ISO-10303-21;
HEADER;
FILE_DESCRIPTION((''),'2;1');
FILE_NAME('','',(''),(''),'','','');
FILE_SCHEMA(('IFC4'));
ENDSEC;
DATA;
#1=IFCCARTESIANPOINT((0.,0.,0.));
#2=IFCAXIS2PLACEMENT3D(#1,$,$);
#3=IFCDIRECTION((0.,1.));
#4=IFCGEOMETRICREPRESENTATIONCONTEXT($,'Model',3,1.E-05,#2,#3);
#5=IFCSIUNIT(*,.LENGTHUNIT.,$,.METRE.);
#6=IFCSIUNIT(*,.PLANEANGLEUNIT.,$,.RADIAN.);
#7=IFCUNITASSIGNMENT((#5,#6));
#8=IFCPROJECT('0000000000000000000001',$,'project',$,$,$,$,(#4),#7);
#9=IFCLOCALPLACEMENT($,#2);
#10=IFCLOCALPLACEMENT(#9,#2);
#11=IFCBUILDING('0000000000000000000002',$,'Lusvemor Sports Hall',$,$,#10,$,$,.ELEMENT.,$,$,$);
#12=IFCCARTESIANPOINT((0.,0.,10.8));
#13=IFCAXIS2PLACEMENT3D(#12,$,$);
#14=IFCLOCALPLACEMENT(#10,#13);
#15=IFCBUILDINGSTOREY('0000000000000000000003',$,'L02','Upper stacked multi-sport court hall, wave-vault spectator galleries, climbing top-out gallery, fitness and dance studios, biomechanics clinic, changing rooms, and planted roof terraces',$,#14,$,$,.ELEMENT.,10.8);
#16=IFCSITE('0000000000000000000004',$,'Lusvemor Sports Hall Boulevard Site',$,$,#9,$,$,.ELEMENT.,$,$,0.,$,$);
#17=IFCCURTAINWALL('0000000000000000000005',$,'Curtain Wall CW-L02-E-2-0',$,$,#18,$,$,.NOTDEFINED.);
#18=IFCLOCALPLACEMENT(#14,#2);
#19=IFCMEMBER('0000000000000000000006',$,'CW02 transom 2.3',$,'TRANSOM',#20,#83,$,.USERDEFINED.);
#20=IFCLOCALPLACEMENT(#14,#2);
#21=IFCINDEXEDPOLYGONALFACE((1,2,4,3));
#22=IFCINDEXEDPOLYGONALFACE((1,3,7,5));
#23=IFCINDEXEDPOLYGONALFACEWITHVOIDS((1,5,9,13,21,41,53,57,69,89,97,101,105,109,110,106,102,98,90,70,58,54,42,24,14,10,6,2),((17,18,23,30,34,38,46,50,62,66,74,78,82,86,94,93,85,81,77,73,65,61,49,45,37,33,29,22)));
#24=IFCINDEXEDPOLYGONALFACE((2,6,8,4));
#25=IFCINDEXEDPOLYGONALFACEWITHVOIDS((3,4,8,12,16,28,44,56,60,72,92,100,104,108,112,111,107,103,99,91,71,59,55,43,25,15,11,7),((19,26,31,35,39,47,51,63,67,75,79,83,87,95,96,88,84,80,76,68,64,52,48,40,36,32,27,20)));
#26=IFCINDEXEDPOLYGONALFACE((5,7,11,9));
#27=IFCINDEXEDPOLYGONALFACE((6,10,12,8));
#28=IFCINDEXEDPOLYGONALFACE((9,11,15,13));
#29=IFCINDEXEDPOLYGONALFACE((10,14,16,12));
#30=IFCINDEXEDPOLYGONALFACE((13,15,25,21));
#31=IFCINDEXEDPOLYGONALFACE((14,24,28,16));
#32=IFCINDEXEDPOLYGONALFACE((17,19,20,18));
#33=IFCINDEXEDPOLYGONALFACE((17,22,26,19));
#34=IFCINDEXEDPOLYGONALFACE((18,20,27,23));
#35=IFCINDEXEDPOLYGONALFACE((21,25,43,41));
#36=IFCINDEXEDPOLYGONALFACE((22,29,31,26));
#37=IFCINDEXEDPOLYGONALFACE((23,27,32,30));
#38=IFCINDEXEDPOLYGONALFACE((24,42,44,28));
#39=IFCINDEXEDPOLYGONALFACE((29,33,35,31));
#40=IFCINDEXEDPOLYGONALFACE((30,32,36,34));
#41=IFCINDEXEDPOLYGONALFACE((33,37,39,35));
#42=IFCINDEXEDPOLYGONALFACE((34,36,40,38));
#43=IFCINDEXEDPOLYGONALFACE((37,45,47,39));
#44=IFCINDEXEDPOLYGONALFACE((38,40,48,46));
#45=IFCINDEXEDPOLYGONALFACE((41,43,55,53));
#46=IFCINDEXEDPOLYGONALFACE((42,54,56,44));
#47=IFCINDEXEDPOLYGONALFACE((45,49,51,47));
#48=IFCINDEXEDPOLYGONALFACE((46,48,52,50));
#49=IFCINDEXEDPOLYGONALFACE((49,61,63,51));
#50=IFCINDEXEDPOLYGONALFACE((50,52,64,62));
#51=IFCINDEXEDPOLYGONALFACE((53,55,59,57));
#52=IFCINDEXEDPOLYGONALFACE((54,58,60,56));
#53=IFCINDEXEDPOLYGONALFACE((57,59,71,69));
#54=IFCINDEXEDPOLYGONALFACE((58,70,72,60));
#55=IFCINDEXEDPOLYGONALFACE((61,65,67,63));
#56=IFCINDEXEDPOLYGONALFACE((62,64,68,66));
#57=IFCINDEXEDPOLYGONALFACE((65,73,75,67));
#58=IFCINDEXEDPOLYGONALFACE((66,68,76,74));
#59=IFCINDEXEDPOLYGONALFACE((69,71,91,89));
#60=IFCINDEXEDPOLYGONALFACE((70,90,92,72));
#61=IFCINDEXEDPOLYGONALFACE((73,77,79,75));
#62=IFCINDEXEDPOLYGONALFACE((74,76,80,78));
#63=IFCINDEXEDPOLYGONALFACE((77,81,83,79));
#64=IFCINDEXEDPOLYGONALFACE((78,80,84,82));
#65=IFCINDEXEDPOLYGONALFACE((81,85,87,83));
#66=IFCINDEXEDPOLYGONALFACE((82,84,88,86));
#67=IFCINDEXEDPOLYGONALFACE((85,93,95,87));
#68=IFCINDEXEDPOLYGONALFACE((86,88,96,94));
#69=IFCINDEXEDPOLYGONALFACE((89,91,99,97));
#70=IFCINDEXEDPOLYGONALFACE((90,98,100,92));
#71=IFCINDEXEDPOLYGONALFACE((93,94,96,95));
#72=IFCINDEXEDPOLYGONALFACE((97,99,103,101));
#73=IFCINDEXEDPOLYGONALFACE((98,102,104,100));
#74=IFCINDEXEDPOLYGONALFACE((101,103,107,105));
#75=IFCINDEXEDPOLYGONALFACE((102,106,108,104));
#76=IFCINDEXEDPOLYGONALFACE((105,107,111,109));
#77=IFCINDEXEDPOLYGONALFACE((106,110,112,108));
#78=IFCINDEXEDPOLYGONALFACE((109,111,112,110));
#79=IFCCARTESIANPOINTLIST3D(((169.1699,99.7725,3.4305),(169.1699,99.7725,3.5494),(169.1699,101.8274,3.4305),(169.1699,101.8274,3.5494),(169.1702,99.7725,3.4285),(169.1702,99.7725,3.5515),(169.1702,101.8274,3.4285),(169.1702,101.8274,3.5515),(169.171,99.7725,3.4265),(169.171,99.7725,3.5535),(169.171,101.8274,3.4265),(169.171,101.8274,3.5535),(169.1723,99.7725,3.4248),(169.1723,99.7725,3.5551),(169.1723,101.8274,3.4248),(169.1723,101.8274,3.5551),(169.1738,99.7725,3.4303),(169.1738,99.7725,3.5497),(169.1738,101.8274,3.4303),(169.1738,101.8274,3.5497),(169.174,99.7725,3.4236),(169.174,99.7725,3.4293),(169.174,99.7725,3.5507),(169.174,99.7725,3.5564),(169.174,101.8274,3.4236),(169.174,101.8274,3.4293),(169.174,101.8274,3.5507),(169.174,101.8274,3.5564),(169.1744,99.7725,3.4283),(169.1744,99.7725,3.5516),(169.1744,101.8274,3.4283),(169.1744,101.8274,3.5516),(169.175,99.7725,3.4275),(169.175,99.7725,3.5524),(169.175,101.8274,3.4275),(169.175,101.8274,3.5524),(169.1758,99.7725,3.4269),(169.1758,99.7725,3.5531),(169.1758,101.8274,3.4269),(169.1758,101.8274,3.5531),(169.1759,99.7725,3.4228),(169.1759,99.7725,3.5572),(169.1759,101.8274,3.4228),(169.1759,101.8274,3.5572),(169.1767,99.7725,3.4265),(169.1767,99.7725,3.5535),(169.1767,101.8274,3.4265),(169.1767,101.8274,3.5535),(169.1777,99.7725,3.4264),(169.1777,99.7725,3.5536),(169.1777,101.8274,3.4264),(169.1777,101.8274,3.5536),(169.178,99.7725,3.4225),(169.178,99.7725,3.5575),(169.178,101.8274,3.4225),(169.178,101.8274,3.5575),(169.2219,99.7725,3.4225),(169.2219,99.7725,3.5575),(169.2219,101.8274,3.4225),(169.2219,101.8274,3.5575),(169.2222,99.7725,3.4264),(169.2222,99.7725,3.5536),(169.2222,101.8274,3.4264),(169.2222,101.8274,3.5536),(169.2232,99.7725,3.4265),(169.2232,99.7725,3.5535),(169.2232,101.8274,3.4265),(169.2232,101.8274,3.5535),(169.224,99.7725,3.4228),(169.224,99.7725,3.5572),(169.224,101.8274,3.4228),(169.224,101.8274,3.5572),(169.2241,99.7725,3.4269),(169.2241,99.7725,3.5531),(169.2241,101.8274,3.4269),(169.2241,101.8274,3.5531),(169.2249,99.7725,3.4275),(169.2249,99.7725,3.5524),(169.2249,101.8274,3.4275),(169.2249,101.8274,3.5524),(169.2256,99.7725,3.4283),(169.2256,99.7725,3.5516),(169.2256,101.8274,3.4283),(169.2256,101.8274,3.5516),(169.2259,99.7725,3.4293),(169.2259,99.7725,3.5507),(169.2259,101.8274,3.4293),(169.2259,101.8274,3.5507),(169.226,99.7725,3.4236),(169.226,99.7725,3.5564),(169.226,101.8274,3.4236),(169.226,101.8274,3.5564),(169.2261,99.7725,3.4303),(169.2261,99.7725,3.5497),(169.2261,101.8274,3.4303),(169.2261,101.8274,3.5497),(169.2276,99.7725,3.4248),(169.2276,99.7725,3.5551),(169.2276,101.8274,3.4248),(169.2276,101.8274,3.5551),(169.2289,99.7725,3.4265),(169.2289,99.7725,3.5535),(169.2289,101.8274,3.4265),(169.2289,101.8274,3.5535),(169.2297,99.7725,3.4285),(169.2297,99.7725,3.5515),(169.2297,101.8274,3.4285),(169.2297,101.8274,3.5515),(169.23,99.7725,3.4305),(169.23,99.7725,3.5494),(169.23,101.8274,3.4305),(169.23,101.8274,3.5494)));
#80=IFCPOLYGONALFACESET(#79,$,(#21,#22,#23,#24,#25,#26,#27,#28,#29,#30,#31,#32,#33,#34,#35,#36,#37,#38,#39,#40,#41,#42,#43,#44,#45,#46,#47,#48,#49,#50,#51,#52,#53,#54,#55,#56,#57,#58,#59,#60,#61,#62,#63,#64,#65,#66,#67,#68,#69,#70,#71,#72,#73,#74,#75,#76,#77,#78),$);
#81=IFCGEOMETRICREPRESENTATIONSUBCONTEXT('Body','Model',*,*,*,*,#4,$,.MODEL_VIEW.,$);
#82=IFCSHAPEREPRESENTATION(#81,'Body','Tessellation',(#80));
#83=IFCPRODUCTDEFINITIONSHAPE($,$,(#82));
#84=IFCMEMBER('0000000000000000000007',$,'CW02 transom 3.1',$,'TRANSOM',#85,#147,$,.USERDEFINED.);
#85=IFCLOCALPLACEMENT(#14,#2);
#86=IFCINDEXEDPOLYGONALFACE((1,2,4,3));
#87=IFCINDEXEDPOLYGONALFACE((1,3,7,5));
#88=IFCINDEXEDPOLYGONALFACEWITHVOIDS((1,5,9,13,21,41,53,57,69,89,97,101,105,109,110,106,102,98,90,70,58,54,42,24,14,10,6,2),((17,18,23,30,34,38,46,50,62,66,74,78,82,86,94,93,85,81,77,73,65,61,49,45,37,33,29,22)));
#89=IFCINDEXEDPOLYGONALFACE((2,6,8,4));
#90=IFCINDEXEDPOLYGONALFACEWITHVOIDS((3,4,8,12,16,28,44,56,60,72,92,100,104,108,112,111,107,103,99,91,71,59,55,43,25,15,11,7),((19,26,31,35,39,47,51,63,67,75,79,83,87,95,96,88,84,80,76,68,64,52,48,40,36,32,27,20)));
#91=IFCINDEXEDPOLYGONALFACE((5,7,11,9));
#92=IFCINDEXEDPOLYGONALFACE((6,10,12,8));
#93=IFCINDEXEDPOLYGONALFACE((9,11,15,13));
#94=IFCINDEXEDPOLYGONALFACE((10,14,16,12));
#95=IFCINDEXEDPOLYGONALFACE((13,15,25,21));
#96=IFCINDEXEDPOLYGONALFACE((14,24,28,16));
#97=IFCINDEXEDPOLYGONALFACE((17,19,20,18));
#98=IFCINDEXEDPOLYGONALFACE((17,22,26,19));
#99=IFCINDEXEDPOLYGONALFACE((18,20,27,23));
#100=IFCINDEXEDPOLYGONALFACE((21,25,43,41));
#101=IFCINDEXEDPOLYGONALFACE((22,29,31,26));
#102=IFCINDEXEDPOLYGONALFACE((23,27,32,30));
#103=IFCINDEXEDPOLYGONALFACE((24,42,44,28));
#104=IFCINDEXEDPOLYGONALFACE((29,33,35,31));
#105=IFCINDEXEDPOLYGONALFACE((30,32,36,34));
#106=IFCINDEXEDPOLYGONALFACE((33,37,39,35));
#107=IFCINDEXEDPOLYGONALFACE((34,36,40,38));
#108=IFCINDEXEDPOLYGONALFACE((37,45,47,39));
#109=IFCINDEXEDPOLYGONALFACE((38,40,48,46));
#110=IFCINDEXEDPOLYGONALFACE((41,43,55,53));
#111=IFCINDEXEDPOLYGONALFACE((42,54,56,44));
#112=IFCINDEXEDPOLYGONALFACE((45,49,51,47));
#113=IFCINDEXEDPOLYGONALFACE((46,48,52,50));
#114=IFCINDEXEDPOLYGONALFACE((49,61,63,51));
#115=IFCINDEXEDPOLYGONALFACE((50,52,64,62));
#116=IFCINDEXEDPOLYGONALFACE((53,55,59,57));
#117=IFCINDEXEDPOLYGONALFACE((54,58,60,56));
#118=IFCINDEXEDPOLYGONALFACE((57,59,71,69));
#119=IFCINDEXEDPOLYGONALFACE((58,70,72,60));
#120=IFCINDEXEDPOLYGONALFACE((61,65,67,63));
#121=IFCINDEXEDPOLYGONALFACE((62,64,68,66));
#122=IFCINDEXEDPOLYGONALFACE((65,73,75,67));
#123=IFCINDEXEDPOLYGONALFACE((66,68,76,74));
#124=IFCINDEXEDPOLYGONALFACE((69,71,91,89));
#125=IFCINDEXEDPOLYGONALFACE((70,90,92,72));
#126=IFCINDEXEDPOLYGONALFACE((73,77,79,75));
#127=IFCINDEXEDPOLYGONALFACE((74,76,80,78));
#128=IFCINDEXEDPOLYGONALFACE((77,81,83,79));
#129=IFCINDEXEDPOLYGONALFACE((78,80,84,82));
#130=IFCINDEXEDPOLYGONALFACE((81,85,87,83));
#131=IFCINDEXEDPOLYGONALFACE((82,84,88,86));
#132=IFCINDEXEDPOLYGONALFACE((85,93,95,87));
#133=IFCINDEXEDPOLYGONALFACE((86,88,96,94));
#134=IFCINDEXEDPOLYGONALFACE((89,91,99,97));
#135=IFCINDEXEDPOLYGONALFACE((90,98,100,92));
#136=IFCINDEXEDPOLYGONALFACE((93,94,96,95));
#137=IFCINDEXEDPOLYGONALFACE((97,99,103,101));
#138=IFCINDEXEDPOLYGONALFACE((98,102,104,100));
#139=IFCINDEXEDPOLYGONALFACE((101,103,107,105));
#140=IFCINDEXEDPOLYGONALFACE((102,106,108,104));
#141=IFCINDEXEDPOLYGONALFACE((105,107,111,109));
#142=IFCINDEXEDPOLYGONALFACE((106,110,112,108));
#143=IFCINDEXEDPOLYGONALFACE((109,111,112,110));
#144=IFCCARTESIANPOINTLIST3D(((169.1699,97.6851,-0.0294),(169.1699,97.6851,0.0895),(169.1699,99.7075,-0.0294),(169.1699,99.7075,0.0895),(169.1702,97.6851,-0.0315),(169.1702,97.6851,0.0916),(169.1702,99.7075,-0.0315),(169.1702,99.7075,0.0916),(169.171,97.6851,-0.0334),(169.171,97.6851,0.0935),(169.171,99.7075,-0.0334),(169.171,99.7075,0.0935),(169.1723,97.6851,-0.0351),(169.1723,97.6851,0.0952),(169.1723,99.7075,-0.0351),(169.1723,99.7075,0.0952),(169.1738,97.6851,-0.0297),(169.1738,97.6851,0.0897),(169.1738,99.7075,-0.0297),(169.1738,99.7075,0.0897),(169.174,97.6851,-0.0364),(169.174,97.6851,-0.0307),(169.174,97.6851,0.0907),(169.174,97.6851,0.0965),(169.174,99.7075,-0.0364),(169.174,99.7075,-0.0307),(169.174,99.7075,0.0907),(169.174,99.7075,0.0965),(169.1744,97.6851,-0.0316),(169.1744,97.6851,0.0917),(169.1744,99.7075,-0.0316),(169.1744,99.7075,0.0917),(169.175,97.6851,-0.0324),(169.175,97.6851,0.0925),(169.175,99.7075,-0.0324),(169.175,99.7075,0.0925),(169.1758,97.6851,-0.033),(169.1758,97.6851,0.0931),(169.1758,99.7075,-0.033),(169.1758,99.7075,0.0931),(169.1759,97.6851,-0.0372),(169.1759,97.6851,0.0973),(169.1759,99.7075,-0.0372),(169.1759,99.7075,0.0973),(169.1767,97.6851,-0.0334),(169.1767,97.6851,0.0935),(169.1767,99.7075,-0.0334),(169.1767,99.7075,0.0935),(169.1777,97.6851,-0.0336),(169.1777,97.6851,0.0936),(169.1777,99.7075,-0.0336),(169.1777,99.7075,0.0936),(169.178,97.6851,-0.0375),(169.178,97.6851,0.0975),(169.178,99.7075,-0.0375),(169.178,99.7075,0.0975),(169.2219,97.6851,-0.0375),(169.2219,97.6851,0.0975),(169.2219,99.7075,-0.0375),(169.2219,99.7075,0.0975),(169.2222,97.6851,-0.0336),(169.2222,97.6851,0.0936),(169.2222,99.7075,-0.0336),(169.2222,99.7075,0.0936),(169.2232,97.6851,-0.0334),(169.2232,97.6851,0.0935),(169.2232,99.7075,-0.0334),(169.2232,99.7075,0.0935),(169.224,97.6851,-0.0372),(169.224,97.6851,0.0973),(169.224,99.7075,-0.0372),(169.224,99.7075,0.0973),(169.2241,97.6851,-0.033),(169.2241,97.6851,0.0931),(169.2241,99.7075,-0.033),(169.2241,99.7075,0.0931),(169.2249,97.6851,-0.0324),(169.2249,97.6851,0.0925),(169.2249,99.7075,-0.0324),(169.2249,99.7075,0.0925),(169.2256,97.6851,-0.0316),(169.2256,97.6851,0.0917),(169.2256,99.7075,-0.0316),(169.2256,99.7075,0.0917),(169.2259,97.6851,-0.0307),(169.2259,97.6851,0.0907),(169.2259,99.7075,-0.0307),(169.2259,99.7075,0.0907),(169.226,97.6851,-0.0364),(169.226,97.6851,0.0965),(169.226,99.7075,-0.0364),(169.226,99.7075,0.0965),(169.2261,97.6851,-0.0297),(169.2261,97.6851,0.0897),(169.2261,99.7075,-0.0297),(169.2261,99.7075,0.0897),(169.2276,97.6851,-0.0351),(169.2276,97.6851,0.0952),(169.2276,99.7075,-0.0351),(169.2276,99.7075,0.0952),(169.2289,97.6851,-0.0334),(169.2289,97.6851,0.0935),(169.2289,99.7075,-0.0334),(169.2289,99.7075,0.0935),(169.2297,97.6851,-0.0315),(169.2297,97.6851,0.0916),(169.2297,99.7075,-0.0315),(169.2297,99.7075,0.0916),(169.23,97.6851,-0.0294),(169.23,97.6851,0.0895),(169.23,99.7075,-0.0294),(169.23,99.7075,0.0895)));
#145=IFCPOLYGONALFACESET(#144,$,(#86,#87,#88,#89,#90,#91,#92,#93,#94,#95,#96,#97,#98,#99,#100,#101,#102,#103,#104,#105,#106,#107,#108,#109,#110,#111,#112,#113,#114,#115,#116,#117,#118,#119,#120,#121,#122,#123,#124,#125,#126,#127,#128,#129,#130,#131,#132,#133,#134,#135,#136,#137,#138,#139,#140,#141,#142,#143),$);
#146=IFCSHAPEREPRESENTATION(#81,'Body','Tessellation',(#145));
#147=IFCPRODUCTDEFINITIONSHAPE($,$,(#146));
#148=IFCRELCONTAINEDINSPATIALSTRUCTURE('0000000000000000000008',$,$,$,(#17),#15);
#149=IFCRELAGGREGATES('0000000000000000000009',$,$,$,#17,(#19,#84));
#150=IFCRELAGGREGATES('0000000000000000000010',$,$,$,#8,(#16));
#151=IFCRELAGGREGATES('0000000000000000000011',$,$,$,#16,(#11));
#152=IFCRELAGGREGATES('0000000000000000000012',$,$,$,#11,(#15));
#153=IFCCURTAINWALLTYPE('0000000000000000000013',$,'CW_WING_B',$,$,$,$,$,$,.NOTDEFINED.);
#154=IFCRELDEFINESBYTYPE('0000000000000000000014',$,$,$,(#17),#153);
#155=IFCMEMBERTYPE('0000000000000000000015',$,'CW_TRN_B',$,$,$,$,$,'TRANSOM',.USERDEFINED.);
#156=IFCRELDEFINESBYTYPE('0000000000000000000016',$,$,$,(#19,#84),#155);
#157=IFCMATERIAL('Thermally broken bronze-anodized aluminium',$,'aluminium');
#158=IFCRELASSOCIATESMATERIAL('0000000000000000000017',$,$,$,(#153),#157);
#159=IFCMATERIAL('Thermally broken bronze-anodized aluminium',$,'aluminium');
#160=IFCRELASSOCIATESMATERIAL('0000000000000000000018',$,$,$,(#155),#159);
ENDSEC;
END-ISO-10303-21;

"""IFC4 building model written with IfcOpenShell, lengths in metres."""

from ifc_helpers import new_model, si_unit, direction, frame, origin, origin_2d, place, context, subcontext, project, spatial, hollow_rectangle, extrude, material, material_profile, profile_set, type_object, element, aggregate, save


model = new_model("IFC4")

# Units and contexts
model_context = context("Model", 3, precision=1e-05, world=origin(), true_north=direction((0.0, 1.0)))
body_context = subcontext(model_context, "Body", "Model", "MODEL_VIEW")
ifc_project = project(units=[si_unit("LENGTHUNIT", "METRE"), si_unit("PLANEANGLEUNIT", "RADIAN")], contexts=[model_context])

# Site, building, storey
site_placement = place(None, origin())
site = spatial("IfcSite", under=ifc_project, at=site_placement, Name="Lusvemor Sports Hall Boulevard Site", CompositionType="ELEMENT", RefElevation=0.0)
building_placement = place(site_placement, origin())
building = spatial("IfcBuilding", under=site, at=building_placement, Name="Lusvemor Sports Hall", CompositionType="ELEMENT")
storey_placement = place(building_placement, frame((0.0, 0.0, 10.8)))
storey = spatial("IfcBuildingStorey", under=building, at=storey_placement, Name="L02", Description="Upper stacked multi-sport court hall, wave-vault spectator galleries, climbing top-out gallery, fitness and dance studios, biomechanics clinic, changing rooms, and planted roof terraces", CompositionType="ELEMENT", Elevation=10.8)

# Curtain wall, members
ifc_material_1 = material(Name="Thermally broken bronze-anodized aluminium", Category="aluminium")
curtain_wall_type = type_object("IfcCurtainWallType", Name="CW_WING_B", PredefinedType="NOTDEFINED", material=ifc_material_1)
curtain_wall_placement = place(storey_placement, origin())
curtain_wall = element("IfcCurtainWall", 1, at=curtain_wall_placement, inside=storey, type_object=curtain_wall_type, Name="Curtain Wall CW-L02-E-2-0", PredefinedType="NOTDEFINED")
ifc_material_2 = material(Name="Thermally broken bronze-anodized aluminium", Category="aluminium")
ifc_material_profile_1 = material_profile(ifc_material_2, hollow_rectangle(XDim=0.0601, YDim=0.135, WallThickness=0.0039, InnerFilletRadius=0.0039, OuterFilletRadius=0.0081, at=origin_2d()), Name="CWTRN135x60x4")
ifc_profile_set_1 = profile_set([ifc_material_profile_1], Name="Thermally broken bronze-anodized aluminium")
member_type_1 = type_object("IfcMemberType", Name="CW_TRN_B", ElementType="TRANSOM", PredefinedType="USERDEFINED", material=ifc_profile_set_1)
member_1_placement = place(storey_placement, frame((169.2, 101.8274, 3.49), z_axis=(0.0, -1.0, 0.0), x_axis=(1.0, 0.0, 0.0)))
member_1 = element("IfcMember", 2, at=member_1_placement, type_object=member_type_1, Name="CW02 transom 2.3", ObjectType="TRANSOM", PredefinedType="USERDEFINED", context=body_context, shape_type="SweptSolid", body=[
    extrude(hollow_rectangle(XDim=0.0601, YDim=0.135, WallThickness=0.0039, InnerFilletRadius=0.0039, OuterFilletRadius=0.0081, at=origin_2d()), origin(), (0.0, 0.0, 1.0), 2.0549),
])
member_2_placement = place(storey_placement, frame((169.2, 99.7075, 0.03), z_axis=(0.0, -1.0, 0.0), x_axis=(1.0, 0.0, 0.0)))
member_2 = element("IfcMember", 3, at=member_2_placement, type_object=member_type_1, Name="CW02 transom 3.1", ObjectType="TRANSOM", PredefinedType="USERDEFINED", context=body_context, shape_type="SweptSolid", body=[
    extrude(hollow_rectangle(XDim=0.0601, YDim=0.135, WallThickness=0.0039, InnerFilletRadius=0.0039, OuterFilletRadius=0.0081, at=origin_2d()), origin(), (0.0, 0.0, 1.0), 2.0225),
])
aggregate(curtain_wall, [member_1, member_2])

save(model, "model.ifc")
